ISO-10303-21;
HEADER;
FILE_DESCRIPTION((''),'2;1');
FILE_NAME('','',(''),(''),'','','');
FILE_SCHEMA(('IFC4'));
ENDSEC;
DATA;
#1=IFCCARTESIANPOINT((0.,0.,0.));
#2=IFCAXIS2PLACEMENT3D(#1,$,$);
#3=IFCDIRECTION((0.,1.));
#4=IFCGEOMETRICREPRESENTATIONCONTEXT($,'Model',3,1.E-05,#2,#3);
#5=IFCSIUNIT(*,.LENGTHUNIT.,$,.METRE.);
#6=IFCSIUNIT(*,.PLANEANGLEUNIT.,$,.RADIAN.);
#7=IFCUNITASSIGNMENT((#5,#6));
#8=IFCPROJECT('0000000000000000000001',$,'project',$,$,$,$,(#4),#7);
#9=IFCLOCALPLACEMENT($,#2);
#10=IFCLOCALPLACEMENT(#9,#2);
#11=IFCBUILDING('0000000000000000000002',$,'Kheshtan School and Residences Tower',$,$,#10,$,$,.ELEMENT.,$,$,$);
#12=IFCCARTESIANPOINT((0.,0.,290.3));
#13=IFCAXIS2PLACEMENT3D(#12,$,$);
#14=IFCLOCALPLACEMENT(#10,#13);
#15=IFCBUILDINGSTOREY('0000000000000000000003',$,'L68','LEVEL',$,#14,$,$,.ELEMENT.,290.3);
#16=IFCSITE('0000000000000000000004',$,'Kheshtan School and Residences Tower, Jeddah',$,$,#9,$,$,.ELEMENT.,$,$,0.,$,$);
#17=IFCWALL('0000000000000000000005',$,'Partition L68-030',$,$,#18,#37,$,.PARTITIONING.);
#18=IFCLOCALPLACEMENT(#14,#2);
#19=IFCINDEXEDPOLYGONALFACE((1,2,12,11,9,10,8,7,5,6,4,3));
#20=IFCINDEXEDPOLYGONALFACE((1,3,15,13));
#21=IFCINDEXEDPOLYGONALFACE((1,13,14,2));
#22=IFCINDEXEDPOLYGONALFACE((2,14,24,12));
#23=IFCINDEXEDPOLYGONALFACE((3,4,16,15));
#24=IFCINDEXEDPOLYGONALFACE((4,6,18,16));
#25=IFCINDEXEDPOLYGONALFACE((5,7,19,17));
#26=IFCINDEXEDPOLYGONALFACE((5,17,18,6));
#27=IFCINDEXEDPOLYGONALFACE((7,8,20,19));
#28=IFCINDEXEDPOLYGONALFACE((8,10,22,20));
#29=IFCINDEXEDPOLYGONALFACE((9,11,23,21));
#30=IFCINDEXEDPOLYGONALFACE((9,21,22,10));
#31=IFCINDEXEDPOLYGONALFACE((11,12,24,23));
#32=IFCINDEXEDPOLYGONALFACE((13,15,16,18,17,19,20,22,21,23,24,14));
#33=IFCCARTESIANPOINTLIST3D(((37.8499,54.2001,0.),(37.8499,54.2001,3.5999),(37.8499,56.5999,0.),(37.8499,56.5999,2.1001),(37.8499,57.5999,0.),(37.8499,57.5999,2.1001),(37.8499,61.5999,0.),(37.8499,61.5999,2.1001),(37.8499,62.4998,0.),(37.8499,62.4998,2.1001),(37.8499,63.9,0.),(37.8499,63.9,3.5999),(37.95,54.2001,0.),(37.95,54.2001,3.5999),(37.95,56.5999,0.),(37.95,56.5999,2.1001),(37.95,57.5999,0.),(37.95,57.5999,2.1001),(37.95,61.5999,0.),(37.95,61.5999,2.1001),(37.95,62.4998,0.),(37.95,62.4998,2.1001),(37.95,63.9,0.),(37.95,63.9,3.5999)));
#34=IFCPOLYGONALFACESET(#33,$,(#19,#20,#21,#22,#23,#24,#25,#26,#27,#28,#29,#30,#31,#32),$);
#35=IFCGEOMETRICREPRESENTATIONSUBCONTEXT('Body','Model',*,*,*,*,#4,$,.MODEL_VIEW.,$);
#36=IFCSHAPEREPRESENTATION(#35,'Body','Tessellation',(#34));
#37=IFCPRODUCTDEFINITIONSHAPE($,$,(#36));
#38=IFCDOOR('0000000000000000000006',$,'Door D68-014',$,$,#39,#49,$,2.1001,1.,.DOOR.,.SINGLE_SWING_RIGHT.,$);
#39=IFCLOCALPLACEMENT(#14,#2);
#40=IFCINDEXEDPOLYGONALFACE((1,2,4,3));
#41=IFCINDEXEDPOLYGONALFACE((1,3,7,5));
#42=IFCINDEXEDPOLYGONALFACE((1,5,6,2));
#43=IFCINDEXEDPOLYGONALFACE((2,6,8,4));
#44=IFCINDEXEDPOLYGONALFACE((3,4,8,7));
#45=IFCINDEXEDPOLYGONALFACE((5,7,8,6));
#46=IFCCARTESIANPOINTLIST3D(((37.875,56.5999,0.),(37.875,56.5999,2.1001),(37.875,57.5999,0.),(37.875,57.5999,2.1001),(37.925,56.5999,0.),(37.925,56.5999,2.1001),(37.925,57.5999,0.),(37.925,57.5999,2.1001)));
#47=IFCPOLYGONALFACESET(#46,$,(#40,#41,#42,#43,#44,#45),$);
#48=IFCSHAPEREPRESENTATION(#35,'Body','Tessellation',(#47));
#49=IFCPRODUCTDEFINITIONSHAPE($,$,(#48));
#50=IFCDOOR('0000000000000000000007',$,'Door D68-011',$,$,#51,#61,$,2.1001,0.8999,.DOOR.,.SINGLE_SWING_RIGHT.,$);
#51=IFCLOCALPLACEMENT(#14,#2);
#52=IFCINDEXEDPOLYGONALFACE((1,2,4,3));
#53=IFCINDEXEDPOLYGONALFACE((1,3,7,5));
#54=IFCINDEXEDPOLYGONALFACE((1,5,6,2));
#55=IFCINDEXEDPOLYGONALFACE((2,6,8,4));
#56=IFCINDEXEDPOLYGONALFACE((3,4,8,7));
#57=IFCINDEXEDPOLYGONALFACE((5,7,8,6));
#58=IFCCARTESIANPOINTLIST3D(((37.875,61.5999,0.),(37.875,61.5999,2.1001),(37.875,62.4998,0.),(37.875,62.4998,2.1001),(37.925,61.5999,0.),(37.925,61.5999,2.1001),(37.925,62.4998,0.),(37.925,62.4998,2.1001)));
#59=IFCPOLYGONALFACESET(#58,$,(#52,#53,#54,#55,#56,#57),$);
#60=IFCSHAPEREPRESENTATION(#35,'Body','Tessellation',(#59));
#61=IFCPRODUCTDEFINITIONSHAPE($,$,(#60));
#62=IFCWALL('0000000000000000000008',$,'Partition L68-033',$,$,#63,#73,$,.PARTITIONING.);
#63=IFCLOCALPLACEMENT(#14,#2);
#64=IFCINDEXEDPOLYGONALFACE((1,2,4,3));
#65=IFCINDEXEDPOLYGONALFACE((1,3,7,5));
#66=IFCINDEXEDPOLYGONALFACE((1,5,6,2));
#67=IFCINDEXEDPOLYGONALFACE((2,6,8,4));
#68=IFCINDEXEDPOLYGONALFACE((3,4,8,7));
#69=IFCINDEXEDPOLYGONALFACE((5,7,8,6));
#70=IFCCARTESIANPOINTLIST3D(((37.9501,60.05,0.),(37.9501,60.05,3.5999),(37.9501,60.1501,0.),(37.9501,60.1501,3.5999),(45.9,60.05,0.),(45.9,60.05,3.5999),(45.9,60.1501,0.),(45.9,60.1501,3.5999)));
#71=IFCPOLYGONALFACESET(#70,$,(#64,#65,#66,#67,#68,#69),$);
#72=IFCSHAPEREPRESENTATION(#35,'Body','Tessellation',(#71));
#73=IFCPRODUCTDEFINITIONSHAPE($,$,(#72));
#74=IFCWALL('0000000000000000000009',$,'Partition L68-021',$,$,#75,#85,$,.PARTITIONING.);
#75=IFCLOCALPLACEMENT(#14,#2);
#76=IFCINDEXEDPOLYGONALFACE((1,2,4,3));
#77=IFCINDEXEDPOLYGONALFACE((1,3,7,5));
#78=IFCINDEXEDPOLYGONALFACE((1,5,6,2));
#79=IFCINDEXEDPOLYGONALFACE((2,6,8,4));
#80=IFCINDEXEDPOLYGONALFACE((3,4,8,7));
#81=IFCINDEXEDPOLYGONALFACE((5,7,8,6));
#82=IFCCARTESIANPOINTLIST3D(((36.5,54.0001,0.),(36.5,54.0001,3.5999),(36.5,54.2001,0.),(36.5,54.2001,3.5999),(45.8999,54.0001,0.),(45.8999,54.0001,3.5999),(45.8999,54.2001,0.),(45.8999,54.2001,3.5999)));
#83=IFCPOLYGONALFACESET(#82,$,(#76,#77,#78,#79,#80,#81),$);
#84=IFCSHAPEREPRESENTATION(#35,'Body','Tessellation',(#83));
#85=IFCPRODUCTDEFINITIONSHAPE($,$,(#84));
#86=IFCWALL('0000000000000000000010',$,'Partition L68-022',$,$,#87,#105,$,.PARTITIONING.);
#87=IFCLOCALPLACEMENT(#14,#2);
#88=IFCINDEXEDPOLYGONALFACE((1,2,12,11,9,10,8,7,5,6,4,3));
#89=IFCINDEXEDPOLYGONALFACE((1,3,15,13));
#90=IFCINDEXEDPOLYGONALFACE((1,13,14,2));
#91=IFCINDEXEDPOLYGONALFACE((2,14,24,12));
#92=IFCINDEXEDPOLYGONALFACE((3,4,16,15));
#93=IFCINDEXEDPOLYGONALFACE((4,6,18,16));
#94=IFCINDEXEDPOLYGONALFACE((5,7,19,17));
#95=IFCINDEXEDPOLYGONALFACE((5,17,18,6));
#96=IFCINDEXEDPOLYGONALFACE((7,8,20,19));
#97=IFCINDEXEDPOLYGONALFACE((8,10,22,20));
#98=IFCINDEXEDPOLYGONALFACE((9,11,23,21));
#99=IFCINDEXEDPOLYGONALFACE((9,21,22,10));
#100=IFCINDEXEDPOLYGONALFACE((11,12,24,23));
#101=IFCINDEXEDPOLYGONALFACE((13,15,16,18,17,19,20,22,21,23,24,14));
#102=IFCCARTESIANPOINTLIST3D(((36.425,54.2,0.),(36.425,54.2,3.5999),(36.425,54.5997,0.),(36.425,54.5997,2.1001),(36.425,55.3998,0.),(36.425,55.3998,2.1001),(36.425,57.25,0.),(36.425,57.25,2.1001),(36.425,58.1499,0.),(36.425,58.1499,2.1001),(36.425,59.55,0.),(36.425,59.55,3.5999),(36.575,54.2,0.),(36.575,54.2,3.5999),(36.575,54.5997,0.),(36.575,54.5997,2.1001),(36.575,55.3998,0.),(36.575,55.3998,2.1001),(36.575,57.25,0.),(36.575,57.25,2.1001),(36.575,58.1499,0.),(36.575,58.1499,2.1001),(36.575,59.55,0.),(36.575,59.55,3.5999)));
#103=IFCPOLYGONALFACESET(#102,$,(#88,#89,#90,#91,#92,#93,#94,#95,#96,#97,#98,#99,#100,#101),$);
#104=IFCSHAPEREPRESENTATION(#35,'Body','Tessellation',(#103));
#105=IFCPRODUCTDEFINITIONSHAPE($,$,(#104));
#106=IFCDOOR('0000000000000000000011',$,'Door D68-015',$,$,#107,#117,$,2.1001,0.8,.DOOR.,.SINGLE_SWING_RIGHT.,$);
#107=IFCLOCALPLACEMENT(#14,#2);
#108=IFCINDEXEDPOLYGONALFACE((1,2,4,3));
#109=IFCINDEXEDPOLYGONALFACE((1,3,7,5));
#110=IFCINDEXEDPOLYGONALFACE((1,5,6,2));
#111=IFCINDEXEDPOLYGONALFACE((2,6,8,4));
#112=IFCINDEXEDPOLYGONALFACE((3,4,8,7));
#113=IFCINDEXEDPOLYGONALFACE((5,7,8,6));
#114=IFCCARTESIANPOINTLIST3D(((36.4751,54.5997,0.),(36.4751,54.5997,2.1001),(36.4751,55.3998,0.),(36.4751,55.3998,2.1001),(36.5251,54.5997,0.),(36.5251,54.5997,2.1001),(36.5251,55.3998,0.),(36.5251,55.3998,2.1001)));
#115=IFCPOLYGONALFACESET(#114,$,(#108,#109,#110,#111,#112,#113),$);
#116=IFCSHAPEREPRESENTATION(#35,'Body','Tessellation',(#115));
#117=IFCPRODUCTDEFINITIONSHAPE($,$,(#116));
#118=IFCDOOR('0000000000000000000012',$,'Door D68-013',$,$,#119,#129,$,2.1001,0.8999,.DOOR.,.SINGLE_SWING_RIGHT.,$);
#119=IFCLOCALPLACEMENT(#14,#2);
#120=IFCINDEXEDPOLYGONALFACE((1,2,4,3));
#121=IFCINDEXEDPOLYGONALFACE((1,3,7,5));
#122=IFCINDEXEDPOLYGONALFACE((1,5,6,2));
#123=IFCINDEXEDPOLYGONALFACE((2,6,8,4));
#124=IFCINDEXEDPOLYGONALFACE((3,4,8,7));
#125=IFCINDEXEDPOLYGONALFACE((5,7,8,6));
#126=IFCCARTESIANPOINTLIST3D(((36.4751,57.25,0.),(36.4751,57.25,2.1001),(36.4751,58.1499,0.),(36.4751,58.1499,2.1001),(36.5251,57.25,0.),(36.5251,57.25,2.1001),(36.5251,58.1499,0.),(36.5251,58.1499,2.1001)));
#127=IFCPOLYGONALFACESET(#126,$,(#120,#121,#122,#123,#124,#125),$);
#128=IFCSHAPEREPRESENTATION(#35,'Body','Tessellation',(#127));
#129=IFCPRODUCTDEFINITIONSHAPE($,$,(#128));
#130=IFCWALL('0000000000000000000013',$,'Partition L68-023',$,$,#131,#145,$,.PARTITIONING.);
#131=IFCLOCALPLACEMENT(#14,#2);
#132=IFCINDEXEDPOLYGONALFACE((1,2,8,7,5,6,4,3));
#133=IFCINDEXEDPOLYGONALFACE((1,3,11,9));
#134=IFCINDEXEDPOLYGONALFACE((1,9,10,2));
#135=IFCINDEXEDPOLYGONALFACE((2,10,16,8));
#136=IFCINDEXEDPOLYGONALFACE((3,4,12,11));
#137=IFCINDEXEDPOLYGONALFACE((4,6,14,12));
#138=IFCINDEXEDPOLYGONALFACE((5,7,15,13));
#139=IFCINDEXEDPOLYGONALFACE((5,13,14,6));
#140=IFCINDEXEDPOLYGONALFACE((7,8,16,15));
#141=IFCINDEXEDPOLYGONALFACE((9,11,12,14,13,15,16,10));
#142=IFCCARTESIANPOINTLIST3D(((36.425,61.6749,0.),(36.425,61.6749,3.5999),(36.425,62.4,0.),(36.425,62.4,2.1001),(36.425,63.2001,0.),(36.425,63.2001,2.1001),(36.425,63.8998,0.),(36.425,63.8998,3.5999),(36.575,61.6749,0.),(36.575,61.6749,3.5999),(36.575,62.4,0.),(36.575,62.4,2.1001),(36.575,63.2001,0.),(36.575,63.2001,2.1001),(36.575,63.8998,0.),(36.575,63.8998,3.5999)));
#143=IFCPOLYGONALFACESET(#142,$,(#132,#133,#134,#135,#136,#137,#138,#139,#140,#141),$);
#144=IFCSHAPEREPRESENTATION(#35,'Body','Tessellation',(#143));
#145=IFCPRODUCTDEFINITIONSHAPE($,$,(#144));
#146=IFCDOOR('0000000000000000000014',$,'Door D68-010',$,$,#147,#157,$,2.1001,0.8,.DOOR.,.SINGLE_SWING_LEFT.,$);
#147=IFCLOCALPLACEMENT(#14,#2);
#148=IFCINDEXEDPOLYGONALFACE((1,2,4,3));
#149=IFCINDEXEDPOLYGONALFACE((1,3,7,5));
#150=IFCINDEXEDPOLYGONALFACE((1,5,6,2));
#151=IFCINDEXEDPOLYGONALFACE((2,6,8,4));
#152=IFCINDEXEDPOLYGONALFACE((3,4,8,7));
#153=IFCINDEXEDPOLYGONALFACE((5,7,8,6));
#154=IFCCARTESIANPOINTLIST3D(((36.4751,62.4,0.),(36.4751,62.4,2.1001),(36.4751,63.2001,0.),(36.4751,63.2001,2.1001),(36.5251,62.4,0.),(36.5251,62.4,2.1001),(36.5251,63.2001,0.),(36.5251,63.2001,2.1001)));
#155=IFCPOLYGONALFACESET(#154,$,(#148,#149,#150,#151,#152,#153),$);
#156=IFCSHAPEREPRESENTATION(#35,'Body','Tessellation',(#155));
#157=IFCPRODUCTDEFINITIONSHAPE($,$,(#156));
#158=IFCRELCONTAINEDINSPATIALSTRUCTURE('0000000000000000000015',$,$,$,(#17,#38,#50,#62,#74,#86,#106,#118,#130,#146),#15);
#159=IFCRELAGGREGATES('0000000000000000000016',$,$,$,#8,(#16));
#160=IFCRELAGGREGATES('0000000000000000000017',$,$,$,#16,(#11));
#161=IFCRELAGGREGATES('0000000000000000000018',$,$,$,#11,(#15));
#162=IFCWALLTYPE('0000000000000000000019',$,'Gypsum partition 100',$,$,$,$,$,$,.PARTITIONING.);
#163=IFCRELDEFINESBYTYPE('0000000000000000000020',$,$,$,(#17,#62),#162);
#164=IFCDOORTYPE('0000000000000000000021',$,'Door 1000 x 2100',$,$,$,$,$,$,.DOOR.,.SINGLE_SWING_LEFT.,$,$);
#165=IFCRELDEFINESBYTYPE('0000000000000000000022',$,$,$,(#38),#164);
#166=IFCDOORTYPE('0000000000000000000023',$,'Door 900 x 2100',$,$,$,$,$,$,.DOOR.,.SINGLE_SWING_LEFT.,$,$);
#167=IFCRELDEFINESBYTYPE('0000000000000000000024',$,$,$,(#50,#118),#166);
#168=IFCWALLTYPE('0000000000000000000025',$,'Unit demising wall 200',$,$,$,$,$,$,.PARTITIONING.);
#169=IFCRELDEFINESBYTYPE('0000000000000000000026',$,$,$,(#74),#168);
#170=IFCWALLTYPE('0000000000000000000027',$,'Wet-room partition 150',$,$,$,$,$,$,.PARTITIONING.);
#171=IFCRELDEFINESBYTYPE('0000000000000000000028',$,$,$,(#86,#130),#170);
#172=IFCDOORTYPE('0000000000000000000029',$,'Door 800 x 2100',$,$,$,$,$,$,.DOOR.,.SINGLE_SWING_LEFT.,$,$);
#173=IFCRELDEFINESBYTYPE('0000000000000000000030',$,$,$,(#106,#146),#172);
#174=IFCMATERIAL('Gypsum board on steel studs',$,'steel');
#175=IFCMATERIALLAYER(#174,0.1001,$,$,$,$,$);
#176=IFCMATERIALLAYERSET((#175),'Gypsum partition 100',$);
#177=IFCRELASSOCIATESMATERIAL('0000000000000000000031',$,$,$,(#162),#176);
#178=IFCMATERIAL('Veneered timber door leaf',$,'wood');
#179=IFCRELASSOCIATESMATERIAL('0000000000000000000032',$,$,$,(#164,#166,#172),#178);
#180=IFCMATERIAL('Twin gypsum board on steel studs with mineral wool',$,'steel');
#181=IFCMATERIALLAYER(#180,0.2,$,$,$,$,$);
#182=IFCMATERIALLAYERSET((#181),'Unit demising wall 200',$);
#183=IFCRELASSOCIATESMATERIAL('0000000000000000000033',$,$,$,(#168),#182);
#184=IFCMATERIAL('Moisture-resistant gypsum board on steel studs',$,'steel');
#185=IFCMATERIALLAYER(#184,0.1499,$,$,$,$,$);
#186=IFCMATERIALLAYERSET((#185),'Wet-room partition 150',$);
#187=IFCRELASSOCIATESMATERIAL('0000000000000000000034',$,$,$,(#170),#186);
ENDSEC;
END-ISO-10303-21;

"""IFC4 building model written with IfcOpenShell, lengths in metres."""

from ifc_helpers import new_model, si_unit, direction, frame, frame_2d, origin, place, context, subcontext, project, spatial, rectangle, extrude, source, transform, mapped, material, layer, layer_set, type_object, element, fill, save


model = new_model("IFC4")

# Units and contexts
model_context = context("Model", 3, precision=1e-05, world=origin(), true_north=direction((0.0, 1.0)))
body_context = subcontext(model_context, "Body", "Model", "MODEL_VIEW")
ifc_project = project(units=[si_unit("LENGTHUNIT", "METRE"), si_unit("PLANEANGLEUNIT", "RADIAN")], contexts=[model_context])

# Site, building, storey
site_placement = place(None, origin())
site = spatial("IfcSite", under=ifc_project, at=site_placement, Name="Kheshtan School and Residences Tower, Jeddah", CompositionType="ELEMENT", RefElevation=0.0)
building_placement = place(site_placement, origin())
building = spatial("IfcBuilding", under=site, at=building_placement, Name="Kheshtan School and Residences Tower", CompositionType="ELEMENT")
storey_placement = place(building_placement, frame((0.0, 0.0, 290.3)))
storey = spatial("IfcBuildingStorey", under=building, at=storey_placement, Name="L68", Description="LEVEL", CompositionType="ELEMENT", Elevation=290.3)

# Wall, openings, doors
ifc_material_1 = material(Name="Gypsum board on steel studs", Category="steel")
ifc_layer_1 = layer(ifc_material_1, 0.1001)
ifc_layer_set_1 = layer_set([ifc_layer_1], Name="Gypsum partition 100")
wall_type_1 = type_object("IfcWallType", Name="Gypsum partition 100", PredefinedType="PARTITIONING", material=ifc_layer_set_1)
wall_1_placement = place(storey_placement, frame((37.8999, 54.2, 0.0), z_axis=(0.0, 0.0, 1.0), x_axis=(0.0, 1.0, 0.0)))
wall_1 = element("IfcWall", 1, at=wall_1_placement, inside=storey, type_object=wall_type_1, Name="Partition L68-030", PredefinedType="PARTITIONING", context=body_context, shape_type="SweptSolid", body=[
    extrude(rectangle(XDim=9.7, YDim=0.1001, at=frame_2d((4.8501, 0.0))), origin(), (0.0, 0.0, 1.0), 3.5999),
])
opening_1_placement = place(wall_1_placement, frame((7.3999, 0.0, 0.0)))
opening_1 = element("IfcOpeningElement", 2, at=opening_1_placement, cuts=wall_1, PredefinedType="OPENING", context=body_context, shape_type="SweptSolid", body=[
    extrude(rectangle(XDim=0.8999, YDim=2.1001, at=frame_2d((0.45, 1.05))), frame((0.0, 0.0601, 0.0), z_axis=(0.0, -1.0, 0.0), x_axis=(1.0, 0.0, 0.0)), (0.0, 0.0, 1.0), 0.1201),
])
opening_2_placement = place(wall_1_placement, frame((2.3999, 0.0, 0.0)))
opening_2 = element("IfcOpeningElement", 3, at=opening_2_placement, cuts=wall_1, PredefinedType="OPENING", context=body_context, shape_type="SweptSolid", body=[
    extrude(rectangle(XDim=1.0, YDim=2.1001, at=frame_2d((0.5, 1.05))), frame((0.0, 0.0601, 0.0), z_axis=(0.0, -1.0, 0.0), x_axis=(1.0, 0.0, 0.0)), (0.0, 0.0, 1.0), 0.1201),
])
ifc_material_2 = material(Name="Veneered timber door leaf", Category="wood")
door_type_1 = type_object("IfcDoorType", Name="Door 1000 x 2100", OperationType="SINGLE_SWING_LEFT", PredefinedType="DOOR", material=ifc_material_2)
shared_shape_1 = source(origin(), body_context, "Body", "SweptSolid", [
    extrude(rectangle(XDim=1.0, YDim=2.1001, at=frame_2d((0.5, 1.05))), frame((0.0, 0.0249, 0.0), z_axis=(0.0, -1.0, 0.0), x_axis=(1.0, 0.0, 0.0)), (0.0, 0.0, 1.0), 0.05),
])
door_1_placement = place(opening_2_placement, origin())
door_1 = element("IfcDoor", 4, at=door_1_placement, inside=storey, type_object=door_type_1, Name="Door D68-014", OperationType="SINGLE_SWING_RIGHT", OverallHeight=2.1001, OverallWidth=1.0, PredefinedType="DOOR", context=body_context, shape_type="MappedRepresentation", body=[
    mapped(shared_shape_1, transform((0.0, 0.0, 0.0), x_axis=(1.0, 0.0, 0.0), y_axis=(0.0, 1.0, 0.0), z_axis=(0.0, 0.0, 1.0), scale=1.0)),
])
fill(opening_2, door_1)
door_type_2 = type_object("IfcDoorType", Name="Door 900 x 2100", OperationType="SINGLE_SWING_LEFT", PredefinedType="DOOR", material=ifc_material_2)
shared_shape_2 = source(origin(), body_context, "Body", "SweptSolid", [
    extrude(rectangle(XDim=0.8999, YDim=2.1001, at=frame_2d((0.45, 1.05))), frame((0.0, 0.0249, 0.0), z_axis=(0.0, -1.0, 0.0), x_axis=(1.0, 0.0, 0.0)), (0.0, 0.0, 1.0), 0.05),
])
door_2_placement = place(opening_1_placement, origin())
door_2 = element("IfcDoor", 5, at=door_2_placement, inside=storey, type_object=door_type_2, Name="Door D68-011", OperationType="SINGLE_SWING_RIGHT", OverallHeight=2.1001, OverallWidth=0.8999, PredefinedType="DOOR", context=body_context, shape_type="MappedRepresentation", body=[
    mapped(shared_shape_2, transform((0.0, 0.0, 0.0), x_axis=(1.0, 0.0, 0.0), y_axis=(0.0, 1.0, 0.0), z_axis=(0.0, 0.0, 1.0), scale=1.0)),
])
fill(opening_1, door_2)

# Walls
wall_2_placement = place(storey_placement, frame((37.95, 60.1001, 0.0), z_axis=(0.0, 0.0, 1.0), x_axis=(1.0, 0.0, 0.0)))
element("IfcWall", 6, at=wall_2_placement, inside=storey, type_object=wall_type_1, Name="Partition L68-033", PredefinedType="PARTITIONING", context=body_context, shape_type="SweptSolid", body=[
    extrude(rectangle(XDim=7.95, YDim=0.1001, at=frame_2d((3.9751, 0.0))), origin(), (0.0, 0.0, 1.0), 3.5999),
])
ifc_material_3 = material(Name="Twin gypsum board on steel studs with mineral wool", Category="steel")
ifc_layer_2 = layer(ifc_material_3, 0.2)
ifc_layer_set_2 = layer_set([ifc_layer_2], Name="Unit demising wall 200")
wall_type_2 = type_object("IfcWallType", Name="Unit demising wall 200", PredefinedType="PARTITIONING", material=ifc_layer_set_2)
wall_3_placement = place(storey_placement, frame((36.5, 54.1001, 0.0), z_axis=(0.0, 0.0, 1.0), x_axis=(1.0, 0.0, 0.0)))
element("IfcWall", 7, at=wall_3_placement, inside=storey, type_object=wall_type_2, Name="Partition L68-021", PredefinedType="PARTITIONING", context=body_context, shape_type="SweptSolid", body=[
    extrude(rectangle(XDim=9.3999, YDim=0.2, at=frame_2d((4.7, 0.0))), origin(), (0.0, 0.0, 1.0), 3.5999),
])

# Wall, openings, doors
ifc_material_4 = material(Name="Moisture-resistant gypsum board on steel studs", Category="steel")
ifc_layer_3 = layer(ifc_material_4, 0.1499)
ifc_layer_set_3 = layer_set([ifc_layer_3], Name="Wet-room partition 150")
wall_type_3 = type_object("IfcWallType", Name="Wet-room partition 150", PredefinedType="PARTITIONING", material=ifc_layer_set_3)
wall_4_placement = place(storey_placement, frame((36.5, 54.2, 0.0), z_axis=(0.0, 0.0, 1.0), x_axis=(0.0, 1.0, 0.0)))
wall_4 = element("IfcWall", 8, at=wall_4_placement, inside=storey, type_object=wall_type_3, Name="Partition L68-022", PredefinedType="PARTITIONING", context=body_context, shape_type="SweptSolid", body=[
    extrude(rectangle(XDim=5.3501, YDim=0.1499, at=frame_2d((2.675, 0.0))), origin(), (0.0, 0.0, 1.0), 3.5999),
])
opening_3_placement = place(wall_4_placement, frame((3.05, 0.0, 0.0)))
opening_3 = element("IfcOpeningElement", 9, at=opening_3_placement, cuts=wall_4, PredefinedType="OPENING", context=body_context, shape_type="SweptSolid", body=[
    extrude(rectangle(XDim=0.8999, YDim=2.1001, at=frame_2d((0.45, 1.05))), frame((0.0, 0.085, 0.0), z_axis=(0.0, -1.0, 0.0), x_axis=(1.0, 0.0, 0.0)), (0.0, 0.0, 1.0), 0.1699),
])
opening_4_placement = place(wall_4_placement, frame((0.3999, 0.0, 0.0)))
opening_4 = element("IfcOpeningElement", 10, at=opening_4_placement, cuts=wall_4, PredefinedType="OPENING", context=body_context, shape_type="SweptSolid", body=[
    extrude(rectangle(XDim=0.8, YDim=2.1001, at=frame_2d((0.3999, 1.05))), frame((0.0, 0.085, 0.0), z_axis=(0.0, -1.0, 0.0), x_axis=(1.0, 0.0, 0.0)), (0.0, 0.0, 1.0), 0.1699),
])
door_type_3 = type_object("IfcDoorType", Name="Door 800 x 2100", OperationType="SINGLE_SWING_LEFT", PredefinedType="DOOR", material=ifc_material_2)
shared_shape_3 = source(origin(), body_context, "Body", "SweptSolid", [
    extrude(rectangle(XDim=0.8, YDim=2.1001, at=frame_2d((0.3999, 1.05))), frame((0.0, 0.0249, 0.0), z_axis=(0.0, -1.0, 0.0), x_axis=(1.0, 0.0, 0.0)), (0.0, 0.0, 1.0), 0.05),
])
door_3_placement = place(opening_4_placement, origin())
door_3 = element("IfcDoor", 11, at=door_3_placement, inside=storey, type_object=door_type_3, Name="Door D68-015", OperationType="SINGLE_SWING_RIGHT", OverallHeight=2.1001, OverallWidth=0.8, PredefinedType="DOOR", context=body_context, shape_type="MappedRepresentation", body=[
    mapped(shared_shape_3, transform((0.0, 0.0, 0.0), x_axis=(1.0, 0.0, 0.0), y_axis=(0.0, 1.0, 0.0), z_axis=(0.0, 0.0, 1.0), scale=1.0)),
])
fill(opening_4, door_3)
door_4_placement = place(opening_3_placement, origin())
door_4 = element("IfcDoor", 12, at=door_4_placement, inside=storey, type_object=door_type_2, Name="Door D68-013", OperationType="SINGLE_SWING_RIGHT", OverallHeight=2.1001, OverallWidth=0.8999, PredefinedType="DOOR", context=body_context, shape_type="MappedRepresentation", body=[
    mapped(shared_shape_2, transform((0.0, 0.0, 0.0), x_axis=(1.0, 0.0, 0.0), y_axis=(0.0, 1.0, 0.0), z_axis=(0.0, 0.0, 1.0), scale=1.0)),
])
fill(opening_3, door_4)

# Wall, opening, door
wall_5_placement = place(storey_placement, frame((36.5, 61.675, 0.0), z_axis=(0.0, 0.0, 1.0), x_axis=(0.0, 1.0, 0.0)))
wall_5 = element("IfcWall", 13, at=wall_5_placement, inside=storey, type_object=wall_type_3, Name="Partition L68-023", PredefinedType="PARTITIONING", context=body_context, shape_type="SweptSolid", body=[
    extrude(rectangle(XDim=2.2249, YDim=0.1499, at=frame_2d((1.1123, 0.0))), origin(), (0.0, 0.0, 1.0), 3.5999),
])
opening_5_placement = place(wall_5_placement, frame((0.7251, 0.0, 0.0)))
opening_5 = element("IfcOpeningElement", 14, at=opening_5_placement, cuts=wall_5, PredefinedType="OPENING", context=body_context, shape_type="SweptSolid", body=[
    extrude(rectangle(XDim=0.8, YDim=2.1001, at=frame_2d((0.3999, 1.05))), frame((0.0, 0.085, 0.0), z_axis=(0.0, -1.0, 0.0), x_axis=(1.0, 0.0, 0.0)), (0.0, 0.0, 1.0), 0.1699),
])
door_5_placement = place(opening_5_placement, origin())
door_5 = element("IfcDoor", 15, at=door_5_placement, inside=storey, type_object=door_type_3, Name="Door D68-010", OperationType="SINGLE_SWING_LEFT", OverallHeight=2.1001, OverallWidth=0.8, PredefinedType="DOOR", context=body_context, shape_type="MappedRepresentation", body=[
    mapped(shared_shape_3, transform((0.0, 0.0, 0.0), x_axis=(1.0, 0.0, 0.0), y_axis=(0.0, 1.0, 0.0), z_axis=(0.0, 0.0, 1.0), scale=1.0)),
])
fill(opening_5, door_5)

save(model, "model.ifc")
